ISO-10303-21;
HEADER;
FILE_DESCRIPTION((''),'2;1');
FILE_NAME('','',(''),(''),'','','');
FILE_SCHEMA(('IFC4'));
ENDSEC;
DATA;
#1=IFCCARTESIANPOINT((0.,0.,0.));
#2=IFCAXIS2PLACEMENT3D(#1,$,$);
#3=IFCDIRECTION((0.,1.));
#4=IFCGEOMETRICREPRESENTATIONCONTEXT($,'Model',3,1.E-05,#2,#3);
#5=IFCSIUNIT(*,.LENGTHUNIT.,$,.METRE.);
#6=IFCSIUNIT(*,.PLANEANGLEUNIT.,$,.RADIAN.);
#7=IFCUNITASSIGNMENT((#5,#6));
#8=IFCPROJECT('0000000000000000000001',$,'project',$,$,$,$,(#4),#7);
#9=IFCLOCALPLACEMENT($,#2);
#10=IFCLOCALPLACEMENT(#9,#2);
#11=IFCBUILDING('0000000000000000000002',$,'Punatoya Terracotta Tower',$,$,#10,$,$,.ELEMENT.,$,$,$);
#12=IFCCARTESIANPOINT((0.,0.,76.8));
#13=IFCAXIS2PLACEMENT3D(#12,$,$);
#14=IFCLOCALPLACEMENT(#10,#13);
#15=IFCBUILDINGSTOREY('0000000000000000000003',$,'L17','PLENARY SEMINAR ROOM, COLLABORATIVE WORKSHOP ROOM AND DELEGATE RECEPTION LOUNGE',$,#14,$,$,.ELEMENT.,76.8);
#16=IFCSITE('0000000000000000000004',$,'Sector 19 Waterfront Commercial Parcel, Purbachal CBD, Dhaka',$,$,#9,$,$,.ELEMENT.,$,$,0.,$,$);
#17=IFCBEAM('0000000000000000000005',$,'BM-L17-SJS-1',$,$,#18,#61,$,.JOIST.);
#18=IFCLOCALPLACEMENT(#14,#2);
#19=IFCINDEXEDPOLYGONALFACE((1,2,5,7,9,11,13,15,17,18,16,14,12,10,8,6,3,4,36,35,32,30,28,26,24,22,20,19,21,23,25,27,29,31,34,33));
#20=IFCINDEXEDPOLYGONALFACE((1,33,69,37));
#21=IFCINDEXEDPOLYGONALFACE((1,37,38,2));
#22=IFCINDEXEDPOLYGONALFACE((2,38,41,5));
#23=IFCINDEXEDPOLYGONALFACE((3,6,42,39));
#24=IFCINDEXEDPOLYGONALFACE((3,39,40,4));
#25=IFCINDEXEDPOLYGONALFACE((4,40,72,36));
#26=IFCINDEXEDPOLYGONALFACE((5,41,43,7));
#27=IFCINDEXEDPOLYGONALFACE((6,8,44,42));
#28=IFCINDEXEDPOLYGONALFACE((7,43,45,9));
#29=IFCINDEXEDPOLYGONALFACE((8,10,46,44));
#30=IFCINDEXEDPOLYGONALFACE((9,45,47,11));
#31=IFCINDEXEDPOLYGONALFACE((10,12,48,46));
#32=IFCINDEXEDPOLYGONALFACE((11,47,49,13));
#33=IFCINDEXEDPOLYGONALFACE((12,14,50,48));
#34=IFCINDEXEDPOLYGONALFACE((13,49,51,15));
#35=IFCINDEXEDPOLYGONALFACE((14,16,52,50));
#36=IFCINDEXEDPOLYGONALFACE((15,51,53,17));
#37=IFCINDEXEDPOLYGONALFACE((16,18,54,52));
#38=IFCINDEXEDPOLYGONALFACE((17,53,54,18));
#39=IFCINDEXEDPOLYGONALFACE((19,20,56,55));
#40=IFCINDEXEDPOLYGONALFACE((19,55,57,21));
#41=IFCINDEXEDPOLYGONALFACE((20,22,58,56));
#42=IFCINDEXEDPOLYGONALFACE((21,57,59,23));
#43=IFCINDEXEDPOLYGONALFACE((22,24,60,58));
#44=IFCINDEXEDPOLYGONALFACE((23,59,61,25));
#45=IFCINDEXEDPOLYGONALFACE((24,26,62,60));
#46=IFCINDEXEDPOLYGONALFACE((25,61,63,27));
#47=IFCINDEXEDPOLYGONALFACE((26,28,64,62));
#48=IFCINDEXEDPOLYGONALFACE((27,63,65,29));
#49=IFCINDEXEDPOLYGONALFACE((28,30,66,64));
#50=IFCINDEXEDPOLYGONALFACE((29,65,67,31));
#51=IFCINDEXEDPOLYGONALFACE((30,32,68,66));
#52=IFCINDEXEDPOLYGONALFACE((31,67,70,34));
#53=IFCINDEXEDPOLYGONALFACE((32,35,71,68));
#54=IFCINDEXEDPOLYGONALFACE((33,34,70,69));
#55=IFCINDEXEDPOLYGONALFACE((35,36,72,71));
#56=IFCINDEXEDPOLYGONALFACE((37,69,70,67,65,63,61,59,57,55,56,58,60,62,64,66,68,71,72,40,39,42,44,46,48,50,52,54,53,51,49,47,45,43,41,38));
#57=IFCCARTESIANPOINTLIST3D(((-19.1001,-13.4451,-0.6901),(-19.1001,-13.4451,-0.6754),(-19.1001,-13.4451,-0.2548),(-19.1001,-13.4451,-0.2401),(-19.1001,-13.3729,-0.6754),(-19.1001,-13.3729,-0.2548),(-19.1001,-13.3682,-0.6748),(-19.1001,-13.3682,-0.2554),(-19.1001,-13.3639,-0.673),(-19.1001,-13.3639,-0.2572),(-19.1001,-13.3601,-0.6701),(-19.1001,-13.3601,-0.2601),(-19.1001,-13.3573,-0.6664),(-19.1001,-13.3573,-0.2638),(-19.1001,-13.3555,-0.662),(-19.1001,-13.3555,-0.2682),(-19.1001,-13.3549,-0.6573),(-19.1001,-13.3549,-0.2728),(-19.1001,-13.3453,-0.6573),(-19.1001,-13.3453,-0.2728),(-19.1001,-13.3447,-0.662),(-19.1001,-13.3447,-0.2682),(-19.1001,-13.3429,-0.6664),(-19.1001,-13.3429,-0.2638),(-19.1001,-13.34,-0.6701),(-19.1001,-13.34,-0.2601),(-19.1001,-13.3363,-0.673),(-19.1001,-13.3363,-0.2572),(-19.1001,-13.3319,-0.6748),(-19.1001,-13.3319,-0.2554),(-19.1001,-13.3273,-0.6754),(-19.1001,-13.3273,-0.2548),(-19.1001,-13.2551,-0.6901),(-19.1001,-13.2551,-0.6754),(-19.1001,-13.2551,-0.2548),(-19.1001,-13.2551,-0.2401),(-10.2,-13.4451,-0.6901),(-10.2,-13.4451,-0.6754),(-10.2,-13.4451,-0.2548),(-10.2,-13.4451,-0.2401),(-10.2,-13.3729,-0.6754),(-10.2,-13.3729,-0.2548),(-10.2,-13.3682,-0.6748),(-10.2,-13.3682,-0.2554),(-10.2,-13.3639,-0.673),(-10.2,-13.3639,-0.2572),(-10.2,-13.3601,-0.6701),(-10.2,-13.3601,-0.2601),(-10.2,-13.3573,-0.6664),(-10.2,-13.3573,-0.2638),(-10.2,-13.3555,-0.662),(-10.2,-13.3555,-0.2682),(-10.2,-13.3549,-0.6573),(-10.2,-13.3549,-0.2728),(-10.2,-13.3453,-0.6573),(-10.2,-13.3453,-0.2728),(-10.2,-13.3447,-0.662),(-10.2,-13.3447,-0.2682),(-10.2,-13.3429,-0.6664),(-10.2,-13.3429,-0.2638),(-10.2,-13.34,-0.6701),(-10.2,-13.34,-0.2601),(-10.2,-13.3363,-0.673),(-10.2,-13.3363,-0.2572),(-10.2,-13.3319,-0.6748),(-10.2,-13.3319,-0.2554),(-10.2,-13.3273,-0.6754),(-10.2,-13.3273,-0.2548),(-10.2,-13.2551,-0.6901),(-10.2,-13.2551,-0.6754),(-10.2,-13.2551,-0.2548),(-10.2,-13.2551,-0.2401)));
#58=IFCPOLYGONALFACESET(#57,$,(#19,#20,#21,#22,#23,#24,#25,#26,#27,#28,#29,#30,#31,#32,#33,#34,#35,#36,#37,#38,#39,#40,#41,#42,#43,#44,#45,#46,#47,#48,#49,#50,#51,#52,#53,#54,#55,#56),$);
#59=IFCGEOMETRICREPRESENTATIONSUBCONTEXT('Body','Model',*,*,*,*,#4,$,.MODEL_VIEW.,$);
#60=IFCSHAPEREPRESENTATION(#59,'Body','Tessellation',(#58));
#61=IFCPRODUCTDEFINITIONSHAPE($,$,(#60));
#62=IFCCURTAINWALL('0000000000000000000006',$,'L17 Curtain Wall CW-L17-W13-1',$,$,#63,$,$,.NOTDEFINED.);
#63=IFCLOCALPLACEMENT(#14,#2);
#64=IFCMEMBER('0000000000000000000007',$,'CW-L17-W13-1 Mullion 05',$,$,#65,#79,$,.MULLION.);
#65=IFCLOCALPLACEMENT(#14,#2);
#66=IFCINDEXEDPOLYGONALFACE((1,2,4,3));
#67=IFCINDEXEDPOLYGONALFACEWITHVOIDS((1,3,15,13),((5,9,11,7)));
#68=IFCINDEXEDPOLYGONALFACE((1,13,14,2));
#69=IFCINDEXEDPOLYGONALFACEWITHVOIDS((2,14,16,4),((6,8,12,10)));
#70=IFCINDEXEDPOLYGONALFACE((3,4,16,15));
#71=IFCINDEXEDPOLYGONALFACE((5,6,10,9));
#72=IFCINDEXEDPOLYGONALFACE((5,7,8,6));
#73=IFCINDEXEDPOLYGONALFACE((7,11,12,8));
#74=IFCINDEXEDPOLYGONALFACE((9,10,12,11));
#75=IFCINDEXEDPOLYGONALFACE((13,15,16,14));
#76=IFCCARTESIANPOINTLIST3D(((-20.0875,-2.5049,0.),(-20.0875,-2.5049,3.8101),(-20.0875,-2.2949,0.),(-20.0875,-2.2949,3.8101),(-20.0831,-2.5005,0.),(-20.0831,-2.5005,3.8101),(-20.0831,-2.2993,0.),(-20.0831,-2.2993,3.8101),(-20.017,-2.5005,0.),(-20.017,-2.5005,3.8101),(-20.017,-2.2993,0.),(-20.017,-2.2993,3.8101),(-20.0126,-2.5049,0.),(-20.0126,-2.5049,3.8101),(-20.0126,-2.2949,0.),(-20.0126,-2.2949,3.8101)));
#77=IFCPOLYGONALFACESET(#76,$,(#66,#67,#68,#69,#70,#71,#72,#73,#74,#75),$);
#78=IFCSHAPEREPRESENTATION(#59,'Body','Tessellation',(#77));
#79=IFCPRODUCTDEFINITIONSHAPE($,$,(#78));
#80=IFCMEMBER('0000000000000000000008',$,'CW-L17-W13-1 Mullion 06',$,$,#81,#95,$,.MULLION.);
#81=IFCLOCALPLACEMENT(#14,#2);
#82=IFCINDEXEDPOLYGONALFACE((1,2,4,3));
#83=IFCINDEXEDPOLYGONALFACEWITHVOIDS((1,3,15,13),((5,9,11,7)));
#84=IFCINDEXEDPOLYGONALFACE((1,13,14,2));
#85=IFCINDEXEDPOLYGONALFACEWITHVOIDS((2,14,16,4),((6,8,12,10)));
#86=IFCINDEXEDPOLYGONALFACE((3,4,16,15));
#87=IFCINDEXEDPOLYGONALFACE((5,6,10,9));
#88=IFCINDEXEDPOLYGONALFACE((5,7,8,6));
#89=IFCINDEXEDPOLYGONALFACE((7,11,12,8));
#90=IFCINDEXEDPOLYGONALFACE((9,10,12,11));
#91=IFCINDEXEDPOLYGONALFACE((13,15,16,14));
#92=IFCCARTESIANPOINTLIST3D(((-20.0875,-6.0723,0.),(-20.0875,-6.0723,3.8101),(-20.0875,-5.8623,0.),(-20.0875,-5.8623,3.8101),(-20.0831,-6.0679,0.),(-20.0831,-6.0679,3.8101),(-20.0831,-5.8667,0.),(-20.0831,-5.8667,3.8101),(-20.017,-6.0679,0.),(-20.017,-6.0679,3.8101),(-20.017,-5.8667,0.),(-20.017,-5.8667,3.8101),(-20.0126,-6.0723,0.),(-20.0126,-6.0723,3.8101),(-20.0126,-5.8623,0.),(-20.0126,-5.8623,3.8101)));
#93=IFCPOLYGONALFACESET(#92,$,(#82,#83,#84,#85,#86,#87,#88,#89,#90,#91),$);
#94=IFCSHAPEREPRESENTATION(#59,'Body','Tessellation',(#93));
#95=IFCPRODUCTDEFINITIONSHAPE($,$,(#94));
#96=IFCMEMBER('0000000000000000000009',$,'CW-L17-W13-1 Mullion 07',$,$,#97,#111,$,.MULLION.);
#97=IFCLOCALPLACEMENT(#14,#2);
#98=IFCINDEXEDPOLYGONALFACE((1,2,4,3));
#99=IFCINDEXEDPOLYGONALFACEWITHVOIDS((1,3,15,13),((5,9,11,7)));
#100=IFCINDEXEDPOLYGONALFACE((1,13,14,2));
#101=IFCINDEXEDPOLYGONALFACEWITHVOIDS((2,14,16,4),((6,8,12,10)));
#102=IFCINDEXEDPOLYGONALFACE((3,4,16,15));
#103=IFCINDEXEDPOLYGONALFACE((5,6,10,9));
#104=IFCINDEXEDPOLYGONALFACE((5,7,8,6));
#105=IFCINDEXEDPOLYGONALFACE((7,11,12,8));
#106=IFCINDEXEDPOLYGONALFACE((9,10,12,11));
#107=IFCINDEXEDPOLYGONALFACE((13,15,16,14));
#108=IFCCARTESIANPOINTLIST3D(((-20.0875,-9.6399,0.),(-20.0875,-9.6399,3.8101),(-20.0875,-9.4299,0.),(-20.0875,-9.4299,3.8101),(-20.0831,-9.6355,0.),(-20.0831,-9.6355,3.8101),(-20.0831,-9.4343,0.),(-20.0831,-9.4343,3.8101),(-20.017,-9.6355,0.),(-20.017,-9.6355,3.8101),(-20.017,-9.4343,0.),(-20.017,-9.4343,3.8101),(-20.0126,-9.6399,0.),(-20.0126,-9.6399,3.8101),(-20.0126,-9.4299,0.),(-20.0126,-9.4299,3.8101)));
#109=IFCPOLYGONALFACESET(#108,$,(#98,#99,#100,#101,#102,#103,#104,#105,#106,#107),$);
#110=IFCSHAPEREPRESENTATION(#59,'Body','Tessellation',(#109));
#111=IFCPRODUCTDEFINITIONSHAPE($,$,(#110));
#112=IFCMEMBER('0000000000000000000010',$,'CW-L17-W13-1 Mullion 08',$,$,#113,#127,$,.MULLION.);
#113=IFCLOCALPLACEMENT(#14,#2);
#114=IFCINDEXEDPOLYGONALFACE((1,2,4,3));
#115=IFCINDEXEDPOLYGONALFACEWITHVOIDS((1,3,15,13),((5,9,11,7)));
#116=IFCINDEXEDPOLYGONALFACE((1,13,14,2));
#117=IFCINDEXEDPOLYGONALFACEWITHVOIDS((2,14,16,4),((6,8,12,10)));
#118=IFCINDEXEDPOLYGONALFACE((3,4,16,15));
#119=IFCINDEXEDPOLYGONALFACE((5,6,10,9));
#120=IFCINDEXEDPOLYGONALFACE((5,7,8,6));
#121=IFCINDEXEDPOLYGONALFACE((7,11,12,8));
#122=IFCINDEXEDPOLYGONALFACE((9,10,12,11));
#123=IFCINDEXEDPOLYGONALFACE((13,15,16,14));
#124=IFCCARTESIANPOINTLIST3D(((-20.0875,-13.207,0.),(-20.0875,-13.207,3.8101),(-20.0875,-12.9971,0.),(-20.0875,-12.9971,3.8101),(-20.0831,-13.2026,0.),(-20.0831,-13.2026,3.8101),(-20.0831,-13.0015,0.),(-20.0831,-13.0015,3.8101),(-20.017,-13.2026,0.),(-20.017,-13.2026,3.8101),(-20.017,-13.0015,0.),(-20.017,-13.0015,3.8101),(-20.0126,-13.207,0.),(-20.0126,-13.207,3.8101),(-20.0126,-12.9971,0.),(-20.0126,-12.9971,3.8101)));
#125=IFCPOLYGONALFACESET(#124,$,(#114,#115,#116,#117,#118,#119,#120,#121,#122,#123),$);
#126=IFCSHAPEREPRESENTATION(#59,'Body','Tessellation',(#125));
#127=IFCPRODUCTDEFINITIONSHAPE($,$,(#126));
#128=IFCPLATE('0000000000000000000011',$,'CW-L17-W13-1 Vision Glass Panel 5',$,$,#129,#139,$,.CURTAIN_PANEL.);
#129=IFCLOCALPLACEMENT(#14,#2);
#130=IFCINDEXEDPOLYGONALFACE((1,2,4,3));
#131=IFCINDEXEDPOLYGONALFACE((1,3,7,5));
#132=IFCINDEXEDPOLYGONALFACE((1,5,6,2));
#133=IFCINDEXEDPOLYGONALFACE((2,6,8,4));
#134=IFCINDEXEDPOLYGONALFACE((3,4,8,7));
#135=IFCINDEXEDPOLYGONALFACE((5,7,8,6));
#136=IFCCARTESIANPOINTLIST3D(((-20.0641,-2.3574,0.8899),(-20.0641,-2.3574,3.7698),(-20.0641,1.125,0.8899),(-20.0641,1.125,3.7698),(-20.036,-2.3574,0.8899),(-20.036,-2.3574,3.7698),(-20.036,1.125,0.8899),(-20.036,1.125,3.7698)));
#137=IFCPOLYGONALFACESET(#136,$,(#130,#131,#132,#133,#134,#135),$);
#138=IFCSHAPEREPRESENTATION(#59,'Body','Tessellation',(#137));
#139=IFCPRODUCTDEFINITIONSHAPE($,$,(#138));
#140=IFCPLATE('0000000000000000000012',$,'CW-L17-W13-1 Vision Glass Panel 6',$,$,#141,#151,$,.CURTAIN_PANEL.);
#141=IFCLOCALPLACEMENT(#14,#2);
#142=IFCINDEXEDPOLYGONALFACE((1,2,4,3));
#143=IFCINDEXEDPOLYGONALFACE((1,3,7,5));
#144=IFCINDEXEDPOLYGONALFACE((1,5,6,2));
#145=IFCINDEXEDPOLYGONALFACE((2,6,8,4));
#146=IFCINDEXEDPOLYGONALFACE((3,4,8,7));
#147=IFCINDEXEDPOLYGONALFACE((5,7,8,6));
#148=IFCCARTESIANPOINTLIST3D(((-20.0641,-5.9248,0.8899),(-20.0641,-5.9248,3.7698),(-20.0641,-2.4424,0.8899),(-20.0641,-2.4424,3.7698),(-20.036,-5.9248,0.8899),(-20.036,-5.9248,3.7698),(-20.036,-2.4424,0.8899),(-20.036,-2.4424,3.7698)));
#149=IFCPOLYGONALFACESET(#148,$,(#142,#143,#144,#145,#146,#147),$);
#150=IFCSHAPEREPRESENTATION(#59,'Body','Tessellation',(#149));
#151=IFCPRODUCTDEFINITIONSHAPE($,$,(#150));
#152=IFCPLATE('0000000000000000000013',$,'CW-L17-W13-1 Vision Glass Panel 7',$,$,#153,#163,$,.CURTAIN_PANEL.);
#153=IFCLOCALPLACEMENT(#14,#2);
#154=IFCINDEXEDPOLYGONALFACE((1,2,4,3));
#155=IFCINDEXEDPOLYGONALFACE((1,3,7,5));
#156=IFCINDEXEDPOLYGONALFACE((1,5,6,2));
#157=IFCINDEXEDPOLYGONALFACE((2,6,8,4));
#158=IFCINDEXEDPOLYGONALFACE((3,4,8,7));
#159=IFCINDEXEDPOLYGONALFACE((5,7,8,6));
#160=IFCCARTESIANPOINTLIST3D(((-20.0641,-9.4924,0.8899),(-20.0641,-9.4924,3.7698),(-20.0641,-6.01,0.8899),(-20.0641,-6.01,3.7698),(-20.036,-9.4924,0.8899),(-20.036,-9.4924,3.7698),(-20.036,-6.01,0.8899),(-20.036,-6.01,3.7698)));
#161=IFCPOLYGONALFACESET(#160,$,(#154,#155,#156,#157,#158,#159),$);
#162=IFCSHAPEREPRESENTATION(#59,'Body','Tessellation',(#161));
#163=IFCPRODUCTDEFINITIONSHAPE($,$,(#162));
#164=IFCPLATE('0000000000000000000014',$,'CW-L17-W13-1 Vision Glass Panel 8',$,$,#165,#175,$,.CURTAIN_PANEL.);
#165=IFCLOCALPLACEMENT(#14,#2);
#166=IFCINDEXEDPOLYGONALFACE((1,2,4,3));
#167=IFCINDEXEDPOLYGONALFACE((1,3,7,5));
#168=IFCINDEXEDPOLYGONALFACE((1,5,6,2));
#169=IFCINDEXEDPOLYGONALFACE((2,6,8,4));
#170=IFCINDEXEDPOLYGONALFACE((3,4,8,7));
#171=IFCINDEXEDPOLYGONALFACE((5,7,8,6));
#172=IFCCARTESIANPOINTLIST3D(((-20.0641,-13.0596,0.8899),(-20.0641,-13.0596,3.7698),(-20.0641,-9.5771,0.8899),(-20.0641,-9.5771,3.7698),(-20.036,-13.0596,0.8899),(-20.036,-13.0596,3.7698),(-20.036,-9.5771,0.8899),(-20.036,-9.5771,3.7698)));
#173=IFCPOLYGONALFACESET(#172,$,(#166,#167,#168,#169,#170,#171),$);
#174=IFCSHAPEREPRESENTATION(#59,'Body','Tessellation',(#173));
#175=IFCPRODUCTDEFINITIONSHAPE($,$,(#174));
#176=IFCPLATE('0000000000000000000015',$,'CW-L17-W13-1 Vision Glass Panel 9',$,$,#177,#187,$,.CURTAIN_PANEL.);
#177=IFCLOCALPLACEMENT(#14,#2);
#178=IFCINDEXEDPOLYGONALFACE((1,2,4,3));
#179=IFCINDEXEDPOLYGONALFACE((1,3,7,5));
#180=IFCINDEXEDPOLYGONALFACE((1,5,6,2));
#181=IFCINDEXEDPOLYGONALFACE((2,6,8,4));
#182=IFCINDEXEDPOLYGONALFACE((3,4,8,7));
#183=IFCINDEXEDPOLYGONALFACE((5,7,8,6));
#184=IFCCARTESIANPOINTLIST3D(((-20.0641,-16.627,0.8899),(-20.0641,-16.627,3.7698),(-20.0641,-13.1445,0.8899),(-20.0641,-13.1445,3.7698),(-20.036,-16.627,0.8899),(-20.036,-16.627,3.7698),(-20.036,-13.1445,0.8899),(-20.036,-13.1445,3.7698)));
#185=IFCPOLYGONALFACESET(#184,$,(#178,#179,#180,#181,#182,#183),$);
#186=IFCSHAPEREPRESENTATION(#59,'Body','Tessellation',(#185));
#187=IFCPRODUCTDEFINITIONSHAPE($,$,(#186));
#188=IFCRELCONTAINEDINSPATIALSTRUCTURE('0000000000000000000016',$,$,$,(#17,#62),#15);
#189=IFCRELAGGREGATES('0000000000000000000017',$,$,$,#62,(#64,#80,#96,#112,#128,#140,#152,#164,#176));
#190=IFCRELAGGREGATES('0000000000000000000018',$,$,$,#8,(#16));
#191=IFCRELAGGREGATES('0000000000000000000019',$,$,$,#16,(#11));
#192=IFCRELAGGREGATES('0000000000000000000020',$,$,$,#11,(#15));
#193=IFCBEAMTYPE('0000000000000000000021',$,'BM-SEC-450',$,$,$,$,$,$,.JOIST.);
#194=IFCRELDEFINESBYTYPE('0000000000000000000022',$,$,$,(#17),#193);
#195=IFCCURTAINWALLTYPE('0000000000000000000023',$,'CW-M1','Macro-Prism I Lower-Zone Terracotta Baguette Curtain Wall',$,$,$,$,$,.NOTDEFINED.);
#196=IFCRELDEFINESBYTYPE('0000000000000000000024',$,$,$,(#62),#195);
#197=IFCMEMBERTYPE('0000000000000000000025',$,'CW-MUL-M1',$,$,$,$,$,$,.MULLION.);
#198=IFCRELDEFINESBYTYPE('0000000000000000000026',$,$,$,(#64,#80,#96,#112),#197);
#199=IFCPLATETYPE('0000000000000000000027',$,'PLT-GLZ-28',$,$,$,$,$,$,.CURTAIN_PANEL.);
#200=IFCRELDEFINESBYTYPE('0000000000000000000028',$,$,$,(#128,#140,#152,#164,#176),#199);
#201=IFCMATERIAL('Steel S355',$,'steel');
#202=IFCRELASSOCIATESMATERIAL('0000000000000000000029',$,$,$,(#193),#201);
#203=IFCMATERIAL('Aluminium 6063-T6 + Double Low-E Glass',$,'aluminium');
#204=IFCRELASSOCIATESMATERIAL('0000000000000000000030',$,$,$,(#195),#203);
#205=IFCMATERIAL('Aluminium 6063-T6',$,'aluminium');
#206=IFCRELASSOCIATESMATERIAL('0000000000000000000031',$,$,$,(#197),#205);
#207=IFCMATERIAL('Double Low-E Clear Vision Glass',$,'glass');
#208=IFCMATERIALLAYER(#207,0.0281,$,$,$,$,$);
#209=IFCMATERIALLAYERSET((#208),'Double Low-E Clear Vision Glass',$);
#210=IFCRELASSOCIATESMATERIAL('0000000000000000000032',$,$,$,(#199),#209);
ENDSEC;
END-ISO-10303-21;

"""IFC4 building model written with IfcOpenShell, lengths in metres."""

from ifc_helpers import new_model, si_unit, direction, frame, origin, origin_2d, place, context, subcontext, project, spatial, rectangle, hollow_rectangle, i_section, extrude, material, layer, layer_set, material_profile, profile_set, type_object, element, aggregate, save


model = new_model("IFC4")

# Units and contexts
model_context = context("Model", 3, precision=1e-05, world=origin(), true_north=direction((0.0, 1.0)))
body_context = subcontext(model_context, "Body", "Model", "MODEL_VIEW")
ifc_project = project(units=[si_unit("LENGTHUNIT", "METRE"), si_unit("PLANEANGLEUNIT", "RADIAN")], contexts=[model_context])

# Site, building, storey
site_placement = place(None, origin())
site = spatial("IfcSite", under=ifc_project, at=site_placement, Name="Sector 19 Waterfront Commercial Parcel, Purbachal CBD, Dhaka", CompositionType="ELEMENT", RefElevation=0.0)
building_placement = place(site_placement, origin())
building = spatial("IfcBuilding", under=site, at=building_placement, Name="Punatoya Terracotta Tower", CompositionType="ELEMENT")
storey_placement = place(building_placement, frame((0.0, 0.0, 76.8)))
storey = spatial("IfcBuildingStorey", under=building, at=storey_placement, Name="L17", Description="PLENARY SEMINAR ROOM, COLLABORATIVE WORKSHOP ROOM AND DELEGATE RECEPTION LOUNGE", CompositionType="ELEMENT", Elevation=76.8)

# Beam
ifc_material_1 = material(Name="Steel S355", Category="steel")
ifc_material_profile_1 = material_profile(ifc_material_1, i_section(OverallWidth=0.1899, OverallDepth=0.45, WebThickness=0.0095, FlangeThickness=0.0146, FilletRadius=0.0181, at=origin_2d()))
ifc_profile_set_1 = profile_set([ifc_material_profile_1], Name="Steel S355")
beam_type_1 = type_object("IfcBeamType", Name="BM-SEC-450", PredefinedType="JOIST", material=ifc_profile_set_1)
beam_1_placement = place(storey_placement, frame((-19.1001, -13.3501, -0.4651), z_axis=(1.0, 0.0, 0.0), x_axis=(0.0, 1.0, 0.0)))
element("IfcBeam", 1, at=beam_1_placement, inside=storey, type_object=beam_type_1, Name="BM-L17-SJS-1", PredefinedType="JOIST", context=body_context, shape_type="SweptSolid", body=[
    extrude(i_section(OverallWidth=0.1899, OverallDepth=0.45, WebThickness=0.0095, FlangeThickness=0.0146, FilletRadius=0.0181, at=origin_2d()), origin(), (0.0, 0.0, 1.0), 8.9001),
])

# Curtain wall, members, plates
ifc_material_2 = material(Name="Aluminium 6063-T6 + Double Low-E Glass", Category="aluminium")
curtain_wall_type = type_object("IfcCurtainWallType", Name="CW-M1", Description="Macro-Prism I Lower-Zone Terracotta Baguette Curtain Wall", PredefinedType="NOTDEFINED", material=ifc_material_2)
curtain_wall_placement = place(storey_placement, origin())
curtain_wall = element("IfcCurtainWall", 2, at=curtain_wall_placement, inside=storey, type_object=curtain_wall_type, Name="L17 Curtain Wall CW-L17-W13-1", PredefinedType="NOTDEFINED")
ifc_material_3 = material(Name="Aluminium 6063-T6", Category="aluminium")
ifc_material_profile_2 = material_profile(ifc_material_3, hollow_rectangle(XDim=0.075, YDim=0.21, WallThickness=0.0044, at=origin_2d()))
ifc_profile_set_2 = profile_set([ifc_material_profile_2], Name="Aluminium 6063-T6")
member_type = type_object("IfcMemberType", Name="CW-MUL-M1", PredefinedType="MULLION", material=ifc_profile_set_2)
member_1_placement = place(storey_placement, frame((-20.05, -2.3999, 0.0), z_axis=(0.0, 0.0, 1.0), x_axis=(1.0, 0.0, 0.0)))
member_1 = element("IfcMember", 3, at=member_1_placement, type_object=member_type, Name="CW-L17-W13-1 Mullion 05", PredefinedType="MULLION", context=body_context, shape_type="SweptSolid", body=[
    extrude(hollow_rectangle(XDim=0.075, YDim=0.21, WallThickness=0.0044, at=origin_2d()), origin(), (0.0, 0.0, 1.0), 3.8101),
])
member_2_placement = place(storey_placement, frame((-20.05, -5.9673, 0.0), z_axis=(0.0, 0.0, 1.0), x_axis=(1.0, 0.0, 0.0)))
member_2 = element("IfcMember", 4, at=member_2_placement, type_object=member_type, Name="CW-L17-W13-1 Mullion 06", PredefinedType="MULLION", context=body_context, shape_type="SweptSolid", body=[
    extrude(hollow_rectangle(XDim=0.075, YDim=0.21, WallThickness=0.0044, at=origin_2d()), origin(), (0.0, 0.0, 1.0), 3.8101),
])
member_3_placement = place(storey_placement, frame((-20.05, -9.5349, 0.0), z_axis=(0.0, 0.0, 1.0), x_axis=(1.0, 0.0, 0.0)))
member_3 = element("IfcMember", 5, at=member_3_placement, type_object=member_type, Name="CW-L17-W13-1 Mullion 07", PredefinedType="MULLION", context=body_context, shape_type="SweptSolid", body=[
    extrude(hollow_rectangle(XDim=0.075, YDim=0.21, WallThickness=0.0044, at=origin_2d()), origin(), (0.0, 0.0, 1.0), 3.8101),
])
member_4_placement = place(storey_placement, frame((-20.05, -13.1021, 0.0), z_axis=(0.0, 0.0, 1.0), x_axis=(1.0, 0.0, 0.0)))
member_4 = element("IfcMember", 6, at=member_4_placement, type_object=member_type, Name="CW-L17-W13-1 Mullion 08", PredefinedType="MULLION", context=body_context, shape_type="SweptSolid", body=[
    extrude(hollow_rectangle(XDim=0.075, YDim=0.21, WallThickness=0.0044, at=origin_2d()), origin(), (0.0, 0.0, 1.0), 3.8101),
])
ifc_material_4 = material(Name="Double Low-E Clear Vision Glass", Category="glass")
ifc_layer_1 = layer(ifc_material_4, 0.0281)
ifc_layer_set_1 = layer_set([ifc_layer_1], Name="Double Low-E Clear Vision Glass")
plate_type_1 = type_object("IfcPlateType", Name="PLT-GLZ-28", PredefinedType="CURTAIN_PANEL", material=ifc_layer_set_1)
plate_1_placement = place(storey_placement, frame((-20.05, -0.6162, 0.8899), z_axis=(0.0, 0.0, 1.0), x_axis=(0.0, -1.0, 0.0)))
plate_1 = element("IfcPlate", 7, at=plate_1_placement, type_object=plate_type_1, Name="CW-L17-W13-1 Vision Glass Panel 5", PredefinedType="CURTAIN_PANEL", context=body_context, shape_type="SweptSolid", body=[
    extrude(rectangle(XDim=3.4824, YDim=0.0281, at=origin_2d()), origin(), (0.0, 0.0, 1.0), 2.8799),
])
plate_2_placement = place(storey_placement, frame((-20.05, -4.1836, 0.8899), z_axis=(0.0, 0.0, 1.0), x_axis=(0.0, -1.0, 0.0)))
plate_2 = element("IfcPlate", 8, at=plate_2_placement, type_object=plate_type_1, Name="CW-L17-W13-1 Vision Glass Panel 6", PredefinedType="CURTAIN_PANEL", context=body_context, shape_type="SweptSolid", body=[
    extrude(rectangle(XDim=3.4824, YDim=0.0281, at=origin_2d()), origin(), (0.0, 0.0, 1.0), 2.8799),
])
plate_3_placement = place(storey_placement, frame((-20.05, -7.7512, 0.8899), z_axis=(0.0, 0.0, 1.0), x_axis=(0.0, -1.0, 0.0)))
plate_3 = element("IfcPlate", 9, at=plate_3_placement, type_object=plate_type_1, Name="CW-L17-W13-1 Vision Glass Panel 7", PredefinedType="CURTAIN_PANEL", context=body_context, shape_type="SweptSolid", body=[
    extrude(rectangle(XDim=3.4824, YDim=0.0281, at=origin_2d()), origin(), (0.0, 0.0, 1.0), 2.8799),
])
plate_4_placement = place(storey_placement, frame((-20.05, -11.3184, 0.8899), z_axis=(0.0, 0.0, 1.0), x_axis=(0.0, -1.0, 0.0)))
plate_4 = element("IfcPlate", 10, at=plate_4_placement, type_object=plate_type_1, Name="CW-L17-W13-1 Vision Glass Panel 8", PredefinedType="CURTAIN_PANEL", context=body_context, shape_type="SweptSolid", body=[
    extrude(rectangle(XDim=3.4824, YDim=0.0281, at=origin_2d()), origin(), (0.0, 0.0, 1.0), 2.8799),
])
plate_5_placement = place(storey_placement, frame((-20.05, -14.8857, 0.8899), z_axis=(0.0, 0.0, 1.0), x_axis=(0.0, -1.0, 0.0)))
plate_5 = element("IfcPlate", 11, at=plate_5_placement, type_object=plate_type_1, Name="CW-L17-W13-1 Vision Glass Panel 9", PredefinedType="CURTAIN_PANEL", context=body_context, shape_type="SweptSolid", body=[
    extrude(rectangle(XDim=3.4824, YDim=0.0281, at=origin_2d()), origin(), (0.0, 0.0, 1.0), 2.8799),
])
aggregate(curtain_wall, [member_1, member_2, member_3, member_4, plate_1, plate_2, plate_3, plate_4, plate_5])

save(model, "model.ifc")
